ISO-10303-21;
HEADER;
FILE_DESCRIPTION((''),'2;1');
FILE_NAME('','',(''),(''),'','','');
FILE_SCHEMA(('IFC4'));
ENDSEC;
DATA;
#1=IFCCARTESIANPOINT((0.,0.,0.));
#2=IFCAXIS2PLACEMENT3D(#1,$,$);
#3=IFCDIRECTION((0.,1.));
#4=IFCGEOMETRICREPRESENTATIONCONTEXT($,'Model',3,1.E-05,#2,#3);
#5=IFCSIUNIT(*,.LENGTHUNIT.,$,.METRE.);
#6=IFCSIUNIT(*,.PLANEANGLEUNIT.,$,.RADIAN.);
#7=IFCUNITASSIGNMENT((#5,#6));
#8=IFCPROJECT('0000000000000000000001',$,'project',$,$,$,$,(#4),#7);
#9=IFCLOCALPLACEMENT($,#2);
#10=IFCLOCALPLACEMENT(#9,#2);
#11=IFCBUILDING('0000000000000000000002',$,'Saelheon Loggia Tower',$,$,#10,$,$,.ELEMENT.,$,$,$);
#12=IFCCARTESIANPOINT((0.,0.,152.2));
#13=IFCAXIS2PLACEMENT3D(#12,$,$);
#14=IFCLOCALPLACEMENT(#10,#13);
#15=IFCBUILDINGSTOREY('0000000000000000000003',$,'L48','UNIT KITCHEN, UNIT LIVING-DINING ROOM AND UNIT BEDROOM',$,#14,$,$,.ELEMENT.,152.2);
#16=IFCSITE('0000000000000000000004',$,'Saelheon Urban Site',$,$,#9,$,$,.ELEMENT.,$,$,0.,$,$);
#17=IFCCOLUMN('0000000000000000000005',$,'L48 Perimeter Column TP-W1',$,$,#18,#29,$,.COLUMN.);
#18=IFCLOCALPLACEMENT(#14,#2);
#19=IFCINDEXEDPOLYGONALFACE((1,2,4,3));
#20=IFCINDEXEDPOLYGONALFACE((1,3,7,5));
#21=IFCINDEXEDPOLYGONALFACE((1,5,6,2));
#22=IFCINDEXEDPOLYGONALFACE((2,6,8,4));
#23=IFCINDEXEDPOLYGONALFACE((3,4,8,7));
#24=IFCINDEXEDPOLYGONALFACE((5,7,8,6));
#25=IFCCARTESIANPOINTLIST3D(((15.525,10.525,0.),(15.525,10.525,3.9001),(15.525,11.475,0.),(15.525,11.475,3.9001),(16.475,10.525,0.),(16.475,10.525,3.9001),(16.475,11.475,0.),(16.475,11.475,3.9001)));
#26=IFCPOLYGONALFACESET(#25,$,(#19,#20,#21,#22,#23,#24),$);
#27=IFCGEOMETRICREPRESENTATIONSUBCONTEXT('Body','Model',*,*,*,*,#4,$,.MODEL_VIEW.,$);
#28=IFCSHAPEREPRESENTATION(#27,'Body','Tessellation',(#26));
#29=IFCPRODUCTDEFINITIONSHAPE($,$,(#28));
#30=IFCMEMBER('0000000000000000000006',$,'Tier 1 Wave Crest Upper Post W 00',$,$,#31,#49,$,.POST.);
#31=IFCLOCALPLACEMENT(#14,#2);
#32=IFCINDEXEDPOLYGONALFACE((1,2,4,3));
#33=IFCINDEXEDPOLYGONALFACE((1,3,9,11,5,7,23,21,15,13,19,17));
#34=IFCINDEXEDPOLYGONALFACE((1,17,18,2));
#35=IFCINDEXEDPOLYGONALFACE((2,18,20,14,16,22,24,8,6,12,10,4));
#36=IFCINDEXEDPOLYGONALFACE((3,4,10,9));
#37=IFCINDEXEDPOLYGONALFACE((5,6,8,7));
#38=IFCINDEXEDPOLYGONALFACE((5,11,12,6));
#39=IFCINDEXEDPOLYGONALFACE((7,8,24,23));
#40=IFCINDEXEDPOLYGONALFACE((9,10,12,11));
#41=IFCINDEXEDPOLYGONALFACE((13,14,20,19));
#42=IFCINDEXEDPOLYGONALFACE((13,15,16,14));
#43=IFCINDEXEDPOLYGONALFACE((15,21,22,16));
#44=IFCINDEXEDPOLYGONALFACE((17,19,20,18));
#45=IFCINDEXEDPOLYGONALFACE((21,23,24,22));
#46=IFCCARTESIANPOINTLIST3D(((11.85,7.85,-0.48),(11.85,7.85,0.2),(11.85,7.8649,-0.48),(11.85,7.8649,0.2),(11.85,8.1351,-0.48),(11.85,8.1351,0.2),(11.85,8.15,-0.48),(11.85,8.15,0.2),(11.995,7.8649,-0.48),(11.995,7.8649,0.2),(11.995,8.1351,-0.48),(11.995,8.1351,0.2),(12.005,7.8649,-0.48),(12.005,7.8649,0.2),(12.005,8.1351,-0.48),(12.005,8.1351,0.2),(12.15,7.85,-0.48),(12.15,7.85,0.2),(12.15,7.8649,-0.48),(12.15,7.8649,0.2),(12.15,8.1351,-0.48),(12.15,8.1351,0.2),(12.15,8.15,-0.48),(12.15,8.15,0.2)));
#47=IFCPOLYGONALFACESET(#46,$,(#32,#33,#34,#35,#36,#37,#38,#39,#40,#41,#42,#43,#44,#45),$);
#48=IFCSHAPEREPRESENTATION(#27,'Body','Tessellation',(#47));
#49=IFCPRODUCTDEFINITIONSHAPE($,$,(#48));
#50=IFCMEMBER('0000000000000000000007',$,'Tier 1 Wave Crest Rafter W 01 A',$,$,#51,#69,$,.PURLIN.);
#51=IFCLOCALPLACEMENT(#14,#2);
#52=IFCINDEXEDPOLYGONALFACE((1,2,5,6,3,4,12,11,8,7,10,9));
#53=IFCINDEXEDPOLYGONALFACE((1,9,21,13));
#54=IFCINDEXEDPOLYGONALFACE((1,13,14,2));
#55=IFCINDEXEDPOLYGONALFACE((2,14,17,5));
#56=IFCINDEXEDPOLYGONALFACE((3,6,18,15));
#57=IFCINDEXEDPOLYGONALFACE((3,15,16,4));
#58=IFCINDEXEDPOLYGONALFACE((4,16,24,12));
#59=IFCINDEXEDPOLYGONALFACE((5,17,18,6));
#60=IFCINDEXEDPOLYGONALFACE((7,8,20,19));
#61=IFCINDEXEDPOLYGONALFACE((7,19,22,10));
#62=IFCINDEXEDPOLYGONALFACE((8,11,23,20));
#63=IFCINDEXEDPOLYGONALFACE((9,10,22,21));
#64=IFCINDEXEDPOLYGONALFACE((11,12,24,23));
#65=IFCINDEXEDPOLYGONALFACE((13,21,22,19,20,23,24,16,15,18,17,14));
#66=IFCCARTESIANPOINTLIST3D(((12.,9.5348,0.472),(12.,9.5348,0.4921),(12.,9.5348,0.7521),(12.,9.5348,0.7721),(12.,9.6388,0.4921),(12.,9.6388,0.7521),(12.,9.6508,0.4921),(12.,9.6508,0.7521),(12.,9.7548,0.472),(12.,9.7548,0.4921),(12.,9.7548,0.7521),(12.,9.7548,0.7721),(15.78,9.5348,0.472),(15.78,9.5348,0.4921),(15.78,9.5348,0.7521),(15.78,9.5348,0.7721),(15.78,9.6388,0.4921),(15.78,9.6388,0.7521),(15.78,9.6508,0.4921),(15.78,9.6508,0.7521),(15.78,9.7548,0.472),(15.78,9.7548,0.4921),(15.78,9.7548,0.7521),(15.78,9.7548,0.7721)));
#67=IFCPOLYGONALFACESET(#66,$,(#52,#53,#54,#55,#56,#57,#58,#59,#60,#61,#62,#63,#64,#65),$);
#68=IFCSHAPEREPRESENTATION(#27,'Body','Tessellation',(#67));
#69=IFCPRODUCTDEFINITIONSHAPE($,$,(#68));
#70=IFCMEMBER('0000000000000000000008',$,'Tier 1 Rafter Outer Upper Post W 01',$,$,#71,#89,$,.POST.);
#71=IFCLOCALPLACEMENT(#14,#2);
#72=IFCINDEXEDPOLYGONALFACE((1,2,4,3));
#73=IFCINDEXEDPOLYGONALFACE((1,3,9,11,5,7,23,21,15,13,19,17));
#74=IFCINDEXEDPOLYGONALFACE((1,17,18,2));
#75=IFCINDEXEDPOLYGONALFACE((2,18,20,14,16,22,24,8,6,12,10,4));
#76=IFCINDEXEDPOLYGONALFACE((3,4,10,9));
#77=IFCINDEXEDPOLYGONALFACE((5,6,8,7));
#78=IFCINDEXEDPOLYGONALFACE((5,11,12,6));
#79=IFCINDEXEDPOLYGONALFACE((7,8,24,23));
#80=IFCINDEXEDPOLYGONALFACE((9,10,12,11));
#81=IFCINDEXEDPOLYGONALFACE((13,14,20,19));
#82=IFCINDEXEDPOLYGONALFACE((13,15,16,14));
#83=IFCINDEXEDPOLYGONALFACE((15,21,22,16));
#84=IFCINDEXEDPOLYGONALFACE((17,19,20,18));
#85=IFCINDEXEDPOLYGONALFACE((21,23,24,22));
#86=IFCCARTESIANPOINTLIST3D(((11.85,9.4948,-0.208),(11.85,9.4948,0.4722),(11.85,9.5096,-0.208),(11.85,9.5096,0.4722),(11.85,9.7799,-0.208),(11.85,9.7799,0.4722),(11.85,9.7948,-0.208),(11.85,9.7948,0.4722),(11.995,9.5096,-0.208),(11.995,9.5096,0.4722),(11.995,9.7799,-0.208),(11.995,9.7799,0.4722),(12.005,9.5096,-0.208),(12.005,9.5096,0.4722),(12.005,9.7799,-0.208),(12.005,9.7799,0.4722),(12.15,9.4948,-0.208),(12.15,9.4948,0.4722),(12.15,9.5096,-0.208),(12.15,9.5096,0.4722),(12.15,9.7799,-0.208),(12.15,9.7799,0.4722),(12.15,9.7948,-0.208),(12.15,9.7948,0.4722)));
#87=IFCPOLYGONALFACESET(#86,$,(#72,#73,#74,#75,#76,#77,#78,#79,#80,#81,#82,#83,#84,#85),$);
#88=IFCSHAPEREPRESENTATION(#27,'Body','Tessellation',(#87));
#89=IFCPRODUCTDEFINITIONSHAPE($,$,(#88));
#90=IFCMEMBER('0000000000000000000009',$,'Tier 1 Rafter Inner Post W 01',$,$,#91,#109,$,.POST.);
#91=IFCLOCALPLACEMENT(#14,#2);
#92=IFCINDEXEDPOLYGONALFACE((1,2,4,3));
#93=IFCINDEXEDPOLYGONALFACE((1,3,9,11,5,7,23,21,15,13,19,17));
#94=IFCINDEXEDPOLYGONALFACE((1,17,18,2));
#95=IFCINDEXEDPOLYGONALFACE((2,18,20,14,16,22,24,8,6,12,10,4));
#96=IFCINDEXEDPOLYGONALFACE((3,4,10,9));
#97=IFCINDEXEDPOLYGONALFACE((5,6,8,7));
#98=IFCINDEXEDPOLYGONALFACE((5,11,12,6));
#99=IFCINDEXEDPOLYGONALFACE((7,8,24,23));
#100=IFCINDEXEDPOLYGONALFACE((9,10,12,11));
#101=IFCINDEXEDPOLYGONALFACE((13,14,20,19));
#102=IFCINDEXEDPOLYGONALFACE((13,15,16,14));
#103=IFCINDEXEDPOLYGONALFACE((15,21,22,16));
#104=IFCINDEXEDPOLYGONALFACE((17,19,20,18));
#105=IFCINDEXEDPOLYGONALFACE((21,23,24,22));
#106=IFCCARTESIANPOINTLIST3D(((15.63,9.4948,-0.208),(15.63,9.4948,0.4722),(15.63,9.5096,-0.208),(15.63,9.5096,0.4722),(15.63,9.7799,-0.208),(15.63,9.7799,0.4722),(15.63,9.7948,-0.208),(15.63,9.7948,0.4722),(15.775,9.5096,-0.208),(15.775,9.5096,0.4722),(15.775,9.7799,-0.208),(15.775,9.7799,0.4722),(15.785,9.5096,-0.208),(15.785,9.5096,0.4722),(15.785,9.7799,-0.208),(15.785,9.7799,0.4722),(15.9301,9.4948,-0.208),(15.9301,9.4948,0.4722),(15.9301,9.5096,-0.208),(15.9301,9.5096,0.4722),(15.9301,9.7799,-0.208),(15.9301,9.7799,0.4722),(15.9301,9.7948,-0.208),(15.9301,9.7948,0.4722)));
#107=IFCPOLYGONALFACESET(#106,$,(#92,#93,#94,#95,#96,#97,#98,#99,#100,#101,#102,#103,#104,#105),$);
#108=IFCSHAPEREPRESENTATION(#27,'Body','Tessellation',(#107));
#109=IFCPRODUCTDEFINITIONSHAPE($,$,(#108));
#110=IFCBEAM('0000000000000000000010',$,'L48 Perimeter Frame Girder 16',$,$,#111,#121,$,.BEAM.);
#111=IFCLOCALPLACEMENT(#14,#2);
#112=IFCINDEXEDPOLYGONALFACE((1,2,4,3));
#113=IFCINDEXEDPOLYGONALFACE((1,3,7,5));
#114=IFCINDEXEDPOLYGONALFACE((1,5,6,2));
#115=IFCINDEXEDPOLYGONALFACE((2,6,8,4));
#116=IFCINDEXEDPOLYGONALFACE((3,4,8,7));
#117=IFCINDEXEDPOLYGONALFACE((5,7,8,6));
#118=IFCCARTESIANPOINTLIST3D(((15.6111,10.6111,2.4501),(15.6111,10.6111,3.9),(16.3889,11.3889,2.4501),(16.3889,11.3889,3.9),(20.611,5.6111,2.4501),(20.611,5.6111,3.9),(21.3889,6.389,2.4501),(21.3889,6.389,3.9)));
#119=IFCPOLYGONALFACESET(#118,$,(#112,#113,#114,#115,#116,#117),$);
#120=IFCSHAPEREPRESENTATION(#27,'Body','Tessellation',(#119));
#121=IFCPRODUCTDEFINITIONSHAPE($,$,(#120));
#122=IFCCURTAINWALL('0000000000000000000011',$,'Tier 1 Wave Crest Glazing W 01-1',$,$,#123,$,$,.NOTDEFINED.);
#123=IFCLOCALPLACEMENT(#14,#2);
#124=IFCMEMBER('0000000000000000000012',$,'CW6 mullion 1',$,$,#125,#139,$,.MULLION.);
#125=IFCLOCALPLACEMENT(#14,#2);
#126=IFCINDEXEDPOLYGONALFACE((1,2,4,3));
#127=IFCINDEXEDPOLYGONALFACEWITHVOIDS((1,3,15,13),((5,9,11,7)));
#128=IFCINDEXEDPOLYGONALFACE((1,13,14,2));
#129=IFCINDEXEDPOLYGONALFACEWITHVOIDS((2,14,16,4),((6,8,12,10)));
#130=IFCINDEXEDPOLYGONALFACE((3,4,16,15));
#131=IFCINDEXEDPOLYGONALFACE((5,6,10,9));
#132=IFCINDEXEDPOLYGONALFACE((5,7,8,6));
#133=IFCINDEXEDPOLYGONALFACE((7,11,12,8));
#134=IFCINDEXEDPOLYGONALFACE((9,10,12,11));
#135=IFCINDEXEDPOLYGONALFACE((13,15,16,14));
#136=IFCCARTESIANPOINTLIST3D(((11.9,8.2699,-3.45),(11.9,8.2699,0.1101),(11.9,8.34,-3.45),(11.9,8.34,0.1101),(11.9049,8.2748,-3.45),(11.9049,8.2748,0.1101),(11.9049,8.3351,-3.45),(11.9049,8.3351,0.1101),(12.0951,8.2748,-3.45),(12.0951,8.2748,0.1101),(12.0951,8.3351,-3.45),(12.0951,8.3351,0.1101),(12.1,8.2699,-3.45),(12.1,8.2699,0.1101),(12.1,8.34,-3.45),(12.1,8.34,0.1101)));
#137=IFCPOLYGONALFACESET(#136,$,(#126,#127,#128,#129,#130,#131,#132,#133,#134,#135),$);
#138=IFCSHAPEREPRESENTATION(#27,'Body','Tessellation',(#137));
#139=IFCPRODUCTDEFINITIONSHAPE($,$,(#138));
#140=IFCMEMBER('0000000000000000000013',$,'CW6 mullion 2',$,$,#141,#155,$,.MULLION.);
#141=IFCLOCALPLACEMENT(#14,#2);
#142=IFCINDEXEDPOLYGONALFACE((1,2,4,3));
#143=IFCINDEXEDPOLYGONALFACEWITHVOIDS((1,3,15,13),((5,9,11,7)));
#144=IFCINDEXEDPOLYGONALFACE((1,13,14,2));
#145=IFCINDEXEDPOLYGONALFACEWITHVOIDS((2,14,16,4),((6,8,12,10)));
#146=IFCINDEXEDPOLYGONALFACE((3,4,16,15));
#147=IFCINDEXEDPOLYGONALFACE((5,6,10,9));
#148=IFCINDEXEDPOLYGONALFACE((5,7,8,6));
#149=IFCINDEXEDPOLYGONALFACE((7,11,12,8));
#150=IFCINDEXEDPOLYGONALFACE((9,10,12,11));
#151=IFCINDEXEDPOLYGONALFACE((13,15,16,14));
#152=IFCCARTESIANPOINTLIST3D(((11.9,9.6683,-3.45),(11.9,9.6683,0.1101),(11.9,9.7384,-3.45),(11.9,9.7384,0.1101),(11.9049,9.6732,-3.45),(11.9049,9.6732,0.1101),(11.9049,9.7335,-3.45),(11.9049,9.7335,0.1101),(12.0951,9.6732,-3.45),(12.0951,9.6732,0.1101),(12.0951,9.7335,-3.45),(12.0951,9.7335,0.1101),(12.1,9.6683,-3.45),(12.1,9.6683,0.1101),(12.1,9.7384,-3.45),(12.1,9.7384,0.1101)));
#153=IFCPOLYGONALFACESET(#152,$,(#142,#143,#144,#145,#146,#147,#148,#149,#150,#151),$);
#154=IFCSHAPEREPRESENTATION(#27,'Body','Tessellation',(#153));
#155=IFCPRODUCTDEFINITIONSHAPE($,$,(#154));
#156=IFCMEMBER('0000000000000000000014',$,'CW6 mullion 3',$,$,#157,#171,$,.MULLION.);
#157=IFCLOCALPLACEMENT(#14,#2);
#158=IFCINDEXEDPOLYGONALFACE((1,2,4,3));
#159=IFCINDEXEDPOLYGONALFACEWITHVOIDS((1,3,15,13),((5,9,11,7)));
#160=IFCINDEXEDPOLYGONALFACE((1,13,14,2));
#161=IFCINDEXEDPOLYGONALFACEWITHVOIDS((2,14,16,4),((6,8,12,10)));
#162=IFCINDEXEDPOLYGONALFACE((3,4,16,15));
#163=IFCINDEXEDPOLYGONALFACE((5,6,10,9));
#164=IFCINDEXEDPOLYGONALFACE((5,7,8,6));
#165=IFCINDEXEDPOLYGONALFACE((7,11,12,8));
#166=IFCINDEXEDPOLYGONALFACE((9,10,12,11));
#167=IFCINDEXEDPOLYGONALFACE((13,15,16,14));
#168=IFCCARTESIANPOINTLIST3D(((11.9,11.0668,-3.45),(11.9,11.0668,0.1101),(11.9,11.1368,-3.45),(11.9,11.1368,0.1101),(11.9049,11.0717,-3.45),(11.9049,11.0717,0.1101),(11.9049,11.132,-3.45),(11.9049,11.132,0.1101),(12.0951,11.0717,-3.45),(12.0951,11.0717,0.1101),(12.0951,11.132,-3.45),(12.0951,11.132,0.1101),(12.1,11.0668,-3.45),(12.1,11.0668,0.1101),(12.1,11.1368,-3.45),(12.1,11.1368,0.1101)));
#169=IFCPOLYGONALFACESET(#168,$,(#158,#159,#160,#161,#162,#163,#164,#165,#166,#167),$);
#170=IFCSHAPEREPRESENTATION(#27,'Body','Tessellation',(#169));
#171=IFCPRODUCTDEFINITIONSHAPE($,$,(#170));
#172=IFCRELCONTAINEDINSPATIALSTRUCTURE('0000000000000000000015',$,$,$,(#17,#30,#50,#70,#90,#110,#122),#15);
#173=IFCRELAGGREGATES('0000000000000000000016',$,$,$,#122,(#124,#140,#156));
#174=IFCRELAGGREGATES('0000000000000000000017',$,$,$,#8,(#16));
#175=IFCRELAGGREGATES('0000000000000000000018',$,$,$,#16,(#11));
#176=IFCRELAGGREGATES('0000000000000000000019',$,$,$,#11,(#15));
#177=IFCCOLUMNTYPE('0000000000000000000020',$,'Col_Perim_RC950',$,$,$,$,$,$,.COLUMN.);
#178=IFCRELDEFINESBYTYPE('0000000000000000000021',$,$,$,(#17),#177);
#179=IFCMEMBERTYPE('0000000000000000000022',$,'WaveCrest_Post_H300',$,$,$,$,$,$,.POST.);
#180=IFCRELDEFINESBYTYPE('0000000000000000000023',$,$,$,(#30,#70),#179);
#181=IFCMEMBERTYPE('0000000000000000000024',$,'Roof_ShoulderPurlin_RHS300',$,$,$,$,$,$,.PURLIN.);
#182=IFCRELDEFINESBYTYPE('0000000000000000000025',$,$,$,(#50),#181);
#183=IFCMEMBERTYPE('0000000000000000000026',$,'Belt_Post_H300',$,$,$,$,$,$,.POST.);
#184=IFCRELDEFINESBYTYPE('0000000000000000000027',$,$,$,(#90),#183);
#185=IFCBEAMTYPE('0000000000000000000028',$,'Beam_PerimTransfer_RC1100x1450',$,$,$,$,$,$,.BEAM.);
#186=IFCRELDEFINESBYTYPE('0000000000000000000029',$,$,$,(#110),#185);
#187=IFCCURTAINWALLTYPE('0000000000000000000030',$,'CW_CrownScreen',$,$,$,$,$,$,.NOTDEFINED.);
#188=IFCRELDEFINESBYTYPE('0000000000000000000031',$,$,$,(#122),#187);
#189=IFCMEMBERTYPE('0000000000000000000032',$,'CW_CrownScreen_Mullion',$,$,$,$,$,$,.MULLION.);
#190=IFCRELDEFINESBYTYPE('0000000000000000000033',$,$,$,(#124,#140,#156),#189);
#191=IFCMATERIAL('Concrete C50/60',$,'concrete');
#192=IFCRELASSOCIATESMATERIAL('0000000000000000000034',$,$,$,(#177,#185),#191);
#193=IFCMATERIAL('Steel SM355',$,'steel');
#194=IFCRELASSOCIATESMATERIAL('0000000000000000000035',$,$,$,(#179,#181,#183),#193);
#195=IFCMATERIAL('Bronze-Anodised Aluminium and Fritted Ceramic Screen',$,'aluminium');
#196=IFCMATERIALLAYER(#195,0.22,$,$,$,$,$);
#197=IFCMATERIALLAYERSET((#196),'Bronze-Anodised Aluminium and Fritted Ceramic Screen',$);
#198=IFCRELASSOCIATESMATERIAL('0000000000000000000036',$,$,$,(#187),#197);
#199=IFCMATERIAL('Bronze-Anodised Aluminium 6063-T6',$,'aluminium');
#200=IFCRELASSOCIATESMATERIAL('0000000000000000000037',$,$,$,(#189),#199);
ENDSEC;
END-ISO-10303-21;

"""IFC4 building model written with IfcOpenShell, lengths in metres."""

from ifc_helpers import new_model, si_unit, direction, frame, origin, origin_2d, place, context, subcontext, project, spatial, rectangle, hollow_rectangle, i_section, extrude, source, transform, mapped, material, layer, layer_set, material_profile, profile_set, type_object, element, aggregate, save


model = new_model("IFC4")

# Units and contexts
model_context = context("Model", 3, precision=1e-05, world=origin(), true_north=direction((0.0, 1.0)))
body_context = subcontext(model_context, "Body", "Model", "MODEL_VIEW")
ifc_project = project(units=[si_unit("LENGTHUNIT", "METRE"), si_unit("PLANEANGLEUNIT", "RADIAN")], contexts=[model_context])

# Site, building, storey
site_placement = place(None, origin())
site = spatial("IfcSite", under=ifc_project, at=site_placement, Name="Saelheon Urban Site", CompositionType="ELEMENT", RefElevation=0.0)
building_placement = place(site_placement, origin())
building = spatial("IfcBuilding", under=site, at=building_placement, Name="Saelheon Loggia Tower", CompositionType="ELEMENT")
storey_placement = place(building_placement, frame((0.0, 0.0, 152.2)))
storey = spatial("IfcBuildingStorey", under=building, at=storey_placement, Name="L48", Description="UNIT KITCHEN, UNIT LIVING-DINING ROOM AND UNIT BEDROOM", CompositionType="ELEMENT", Elevation=152.2)

# Column
ifc_material_1 = material(Name="Concrete C50/60", Category="concrete")
ifc_material_profile_1 = material_profile(ifc_material_1, rectangle(XDim=0.95, YDim=0.95, at=origin_2d()), Name="RC-950x950")
ifc_profile_set_1 = profile_set([ifc_material_profile_1], Name="Concrete C50/60")
column_type = type_object("IfcColumnType", Name="Col_Perim_RC950", PredefinedType="COLUMN", material=ifc_profile_set_1)
shared_shape_1 = source(origin(), body_context, "Body", "SweptSolid", [
    extrude(rectangle(XDim=0.95, YDim=0.95, at=origin_2d()), origin(), (0.0, 0.0, 1.0), 3.9001),
])
column_placement = place(storey_placement, frame((16.0, 11.0, 0.0), z_axis=(0.0, 0.0, 1.0), x_axis=(1.0, 0.0, 0.0)))
element("IfcColumn", 1, at=column_placement, inside=storey, type_object=column_type, Name="L48 Perimeter Column TP-W1", PredefinedType="COLUMN", context=body_context, shape_type="MappedRepresentation", body=[
    mapped(shared_shape_1, transform((0.0, 0.0, 0.0), scale=1.0)),
])

# Members
ifc_material_2 = material(Name="Steel SM355", Category="steel")
ifc_material_profile_2 = material_profile(ifc_material_2, i_section(OverallWidth=0.3, OverallDepth=0.3, WebThickness=0.01, FlangeThickness=0.0149, at=origin_2d()), Name="H-300x300x10x15")
ifc_profile_set_2 = profile_set([ifc_material_profile_2], Name="Steel SM355")
member_type_1 = type_object("IfcMemberType", Name="WaveCrest_Post_H300", PredefinedType="POST", material=ifc_profile_set_2)
shared_shape_2 = source(origin(), body_context, "Body", "SweptSolid", [
    extrude(i_section(OverallWidth=0.3, OverallDepth=0.3, WebThickness=0.01, FlangeThickness=0.0149, at=origin_2d()), origin(), (0.0, 0.0, 1.0), 0.6799),
])
member_1_placement = place(storey_placement, frame((12.0, 8.0, -0.48), z_axis=(0.0, 0.0, 1.0), x_axis=(1.0, 0.0, 0.0)))
element("IfcMember", 2, at=member_1_placement, inside=storey, type_object=member_type_1, Name="Tier 1 Wave Crest Upper Post W 00", PredefinedType="POST", context=body_context, shape_type="MappedRepresentation", body=[
    mapped(shared_shape_2, transform((0.0, 0.0, 0.0), scale=1.0)),
])
ifc_material_profile_3 = material_profile(ifc_material_2, i_section(OverallWidth=0.22, OverallDepth=0.3, WebThickness=0.012, FlangeThickness=0.02, at=origin_2d()), Name="H-300x220x12x20")
ifc_profile_set_3 = profile_set([ifc_material_profile_3], Name="Steel SM355")
member_type_2 = type_object("IfcMemberType", Name="Roof_ShoulderPurlin_RHS300", PredefinedType="PURLIN", material=ifc_profile_set_3)
shared_shape_3 = source(origin(), body_context, "Body", "SweptSolid", [
    extrude(i_section(OverallWidth=0.22, OverallDepth=0.3, WebThickness=0.012, FlangeThickness=0.02, at=origin_2d()), origin(), (0.0, 0.0, 1.0), 3.78),
])
member_2_placement = place(storey_placement, frame((12.0, 9.6448, 0.6221), z_axis=(1.0, 0.0, 0.0), x_axis=(0.0, 1.0, 0.0)))
element("IfcMember", 3, at=member_2_placement, inside=storey, type_object=member_type_2, Name="Tier 1 Wave Crest Rafter W 01 A", PredefinedType="PURLIN", context=body_context, shape_type="MappedRepresentation", body=[
    mapped(shared_shape_3, transform((0.0, 0.0, 0.0), scale=1.0)),
])
shared_shape_4 = source(origin(), body_context, "Body", "SweptSolid", [
    extrude(i_section(OverallWidth=0.3, OverallDepth=0.3, WebThickness=0.01, FlangeThickness=0.0149, at=origin_2d()), origin(), (0.0, 0.0, 1.0), 0.6802),
])
member_3_placement = place(storey_placement, frame((12.0, 9.6448, -0.208), z_axis=(0.0, 0.0, 1.0), x_axis=(1.0, 0.0, 0.0)))
element("IfcMember", 4, at=member_3_placement, inside=storey, type_object=member_type_1, Name="Tier 1 Rafter Outer Upper Post W 01", PredefinedType="POST", context=body_context, shape_type="MappedRepresentation", body=[
    mapped(shared_shape_4, transform((0.0, 0.0, 0.0), scale=1.0)),
])
ifc_material_profile_4 = material_profile(ifc_material_2, i_section(OverallWidth=0.3, OverallDepth=0.3, WebThickness=0.01, FlangeThickness=0.0149, at=origin_2d()), Name="H-300x300x10x15")
ifc_profile_set_4 = profile_set([ifc_material_profile_4], Name="Steel SM355")
member_type_3 = type_object("IfcMemberType", Name="Belt_Post_H300", PredefinedType="POST", material=ifc_profile_set_4)
member_4_placement = place(storey_placement, frame((15.78, 9.6448, -0.208), z_axis=(0.0, 0.0, 1.0), x_axis=(1.0, 0.0, 0.0)))
element("IfcMember", 5, at=member_4_placement, inside=storey, type_object=member_type_3, Name="Tier 1 Rafter Inner Post W 01", PredefinedType="POST", context=body_context, shape_type="MappedRepresentation", body=[
    mapped(shared_shape_4, transform((0.0, 0.0, 0.0), scale=1.0)),
])

# Beam
ifc_material_profile_5 = material_profile(ifc_material_1, rectangle(XDim=1.1001, YDim=1.45, at=origin_2d()), Name="RC-1100x1450")
ifc_profile_set_5 = profile_set([ifc_material_profile_5], Name="Concrete C50/60")
beam_type = type_object("IfcBeamType", Name="Beam_PerimTransfer_RC1100x1450", PredefinedType="BEAM", material=ifc_profile_set_5)
shared_shape_5 = source(origin(), body_context, "Body", "SweptSolid", [
    extrude(rectangle(XDim=1.1001, YDim=1.45, at=origin_2d()), origin(), (0.0, 0.0, 1.0), 7.071),
])
beam_placement = place(storey_placement, frame((16.0, 11.0, 3.175), z_axis=(0.707107, -0.707107, 0.0), x_axis=(0.707107, 0.707107, 0.0)))
element("IfcBeam", 6, at=beam_placement, inside=storey, type_object=beam_type, Name="L48 Perimeter Frame Girder 16", PredefinedType="BEAM", context=body_context, shape_type="MappedRepresentation", body=[
    mapped(shared_shape_5, transform((0.0, 0.0, 0.0), scale=1.0)),
])

# Curtain wall, members
ifc_material_3 = material(Name="Bronze-Anodised Aluminium and Fritted Ceramic Screen", Category="aluminium")
ifc_layer_1 = layer(ifc_material_3, 0.22)
ifc_layer_set_1 = layer_set([ifc_layer_1], Name="Bronze-Anodised Aluminium and Fritted Ceramic Screen")
curtain_wall_type = type_object("IfcCurtainWallType", Name="CW_CrownScreen", PredefinedType="NOTDEFINED", material=ifc_layer_set_1)
curtain_wall_1_placement = place(storey_placement, origin())
curtain_wall_1 = element("IfcCurtainWall", 7, at=curtain_wall_1_placement, inside=storey, type_object=curtain_wall_type, Name="Tier 1 Wave Crest Glazing W 01-1", PredefinedType="NOTDEFINED")
ifc_material_4 = material(Name="Bronze-Anodised Aluminium 6063-T6", Category="aluminium")
ifc_material_profile_6 = material_profile(ifc_material_4, hollow_rectangle(XDim=0.0701, YDim=0.2, WallThickness=0.0049, at=origin_2d()), Name="RHS-200x70x5")
ifc_profile_set_6 = profile_set([ifc_material_profile_6], Name="Bronze-Anodised Aluminium 6063-T6")
member_type_4 = type_object("IfcMemberType", Name="CW_CrownScreen_Mullion", PredefinedType="MULLION", material=ifc_profile_set_6)
shared_shape_6 = source(origin(), body_context, "Body", "SweptSolid", [
    extrude(hollow_rectangle(XDim=0.0701, YDim=0.2, WallThickness=0.0049, at=origin_2d()), origin(), (0.0, 0.0, 1.0), 3.5601),
])
member_5_placement = place(storey_placement, frame((12.0, 8.3049, -3.45), z_axis=(0.0, 0.0, 1.0), x_axis=(0.0, 1.0, 0.0)))
member_5 = element("IfcMember", 8, at=member_5_placement, type_object=member_type_4, Name="CW6 mullion 1", PredefinedType="MULLION", context=body_context, shape_type="MappedRepresentation", body=[
    mapped(shared_shape_6, transform((0.0, 0.0, 0.0), scale=1.0)),
])
member_6_placement = place(storey_placement, frame((12.0, 9.7034, -3.45), z_axis=(0.0, 0.0, 1.0), x_axis=(0.0, 1.0, 0.0)))
member_6 = element("IfcMember", 9, at=member_6_placement, type_object=member_type_4, Name="CW6 mullion 2", PredefinedType="MULLION", context=body_context, shape_type="MappedRepresentation", body=[
    mapped(shared_shape_6, transform((0.0, 0.0, 0.0), scale=1.0)),
])
member_7_placement = place(storey_placement, frame((12.0, 11.1018, -3.45), z_axis=(0.0, 0.0, 1.0), x_axis=(0.0, 1.0, 0.0)))
member_7 = element("IfcMember", 10, at=member_7_placement, type_object=member_type_4, Name="CW6 mullion 3", PredefinedType="MULLION", context=body_context, shape_type="MappedRepresentation", body=[
    mapped(shared_shape_6, transform((0.0, 0.0, 0.0), scale=1.0)),
])

aggregate(curtain_wall_1, [member_5, member_6, member_7])

save(model, "model.ifc")
